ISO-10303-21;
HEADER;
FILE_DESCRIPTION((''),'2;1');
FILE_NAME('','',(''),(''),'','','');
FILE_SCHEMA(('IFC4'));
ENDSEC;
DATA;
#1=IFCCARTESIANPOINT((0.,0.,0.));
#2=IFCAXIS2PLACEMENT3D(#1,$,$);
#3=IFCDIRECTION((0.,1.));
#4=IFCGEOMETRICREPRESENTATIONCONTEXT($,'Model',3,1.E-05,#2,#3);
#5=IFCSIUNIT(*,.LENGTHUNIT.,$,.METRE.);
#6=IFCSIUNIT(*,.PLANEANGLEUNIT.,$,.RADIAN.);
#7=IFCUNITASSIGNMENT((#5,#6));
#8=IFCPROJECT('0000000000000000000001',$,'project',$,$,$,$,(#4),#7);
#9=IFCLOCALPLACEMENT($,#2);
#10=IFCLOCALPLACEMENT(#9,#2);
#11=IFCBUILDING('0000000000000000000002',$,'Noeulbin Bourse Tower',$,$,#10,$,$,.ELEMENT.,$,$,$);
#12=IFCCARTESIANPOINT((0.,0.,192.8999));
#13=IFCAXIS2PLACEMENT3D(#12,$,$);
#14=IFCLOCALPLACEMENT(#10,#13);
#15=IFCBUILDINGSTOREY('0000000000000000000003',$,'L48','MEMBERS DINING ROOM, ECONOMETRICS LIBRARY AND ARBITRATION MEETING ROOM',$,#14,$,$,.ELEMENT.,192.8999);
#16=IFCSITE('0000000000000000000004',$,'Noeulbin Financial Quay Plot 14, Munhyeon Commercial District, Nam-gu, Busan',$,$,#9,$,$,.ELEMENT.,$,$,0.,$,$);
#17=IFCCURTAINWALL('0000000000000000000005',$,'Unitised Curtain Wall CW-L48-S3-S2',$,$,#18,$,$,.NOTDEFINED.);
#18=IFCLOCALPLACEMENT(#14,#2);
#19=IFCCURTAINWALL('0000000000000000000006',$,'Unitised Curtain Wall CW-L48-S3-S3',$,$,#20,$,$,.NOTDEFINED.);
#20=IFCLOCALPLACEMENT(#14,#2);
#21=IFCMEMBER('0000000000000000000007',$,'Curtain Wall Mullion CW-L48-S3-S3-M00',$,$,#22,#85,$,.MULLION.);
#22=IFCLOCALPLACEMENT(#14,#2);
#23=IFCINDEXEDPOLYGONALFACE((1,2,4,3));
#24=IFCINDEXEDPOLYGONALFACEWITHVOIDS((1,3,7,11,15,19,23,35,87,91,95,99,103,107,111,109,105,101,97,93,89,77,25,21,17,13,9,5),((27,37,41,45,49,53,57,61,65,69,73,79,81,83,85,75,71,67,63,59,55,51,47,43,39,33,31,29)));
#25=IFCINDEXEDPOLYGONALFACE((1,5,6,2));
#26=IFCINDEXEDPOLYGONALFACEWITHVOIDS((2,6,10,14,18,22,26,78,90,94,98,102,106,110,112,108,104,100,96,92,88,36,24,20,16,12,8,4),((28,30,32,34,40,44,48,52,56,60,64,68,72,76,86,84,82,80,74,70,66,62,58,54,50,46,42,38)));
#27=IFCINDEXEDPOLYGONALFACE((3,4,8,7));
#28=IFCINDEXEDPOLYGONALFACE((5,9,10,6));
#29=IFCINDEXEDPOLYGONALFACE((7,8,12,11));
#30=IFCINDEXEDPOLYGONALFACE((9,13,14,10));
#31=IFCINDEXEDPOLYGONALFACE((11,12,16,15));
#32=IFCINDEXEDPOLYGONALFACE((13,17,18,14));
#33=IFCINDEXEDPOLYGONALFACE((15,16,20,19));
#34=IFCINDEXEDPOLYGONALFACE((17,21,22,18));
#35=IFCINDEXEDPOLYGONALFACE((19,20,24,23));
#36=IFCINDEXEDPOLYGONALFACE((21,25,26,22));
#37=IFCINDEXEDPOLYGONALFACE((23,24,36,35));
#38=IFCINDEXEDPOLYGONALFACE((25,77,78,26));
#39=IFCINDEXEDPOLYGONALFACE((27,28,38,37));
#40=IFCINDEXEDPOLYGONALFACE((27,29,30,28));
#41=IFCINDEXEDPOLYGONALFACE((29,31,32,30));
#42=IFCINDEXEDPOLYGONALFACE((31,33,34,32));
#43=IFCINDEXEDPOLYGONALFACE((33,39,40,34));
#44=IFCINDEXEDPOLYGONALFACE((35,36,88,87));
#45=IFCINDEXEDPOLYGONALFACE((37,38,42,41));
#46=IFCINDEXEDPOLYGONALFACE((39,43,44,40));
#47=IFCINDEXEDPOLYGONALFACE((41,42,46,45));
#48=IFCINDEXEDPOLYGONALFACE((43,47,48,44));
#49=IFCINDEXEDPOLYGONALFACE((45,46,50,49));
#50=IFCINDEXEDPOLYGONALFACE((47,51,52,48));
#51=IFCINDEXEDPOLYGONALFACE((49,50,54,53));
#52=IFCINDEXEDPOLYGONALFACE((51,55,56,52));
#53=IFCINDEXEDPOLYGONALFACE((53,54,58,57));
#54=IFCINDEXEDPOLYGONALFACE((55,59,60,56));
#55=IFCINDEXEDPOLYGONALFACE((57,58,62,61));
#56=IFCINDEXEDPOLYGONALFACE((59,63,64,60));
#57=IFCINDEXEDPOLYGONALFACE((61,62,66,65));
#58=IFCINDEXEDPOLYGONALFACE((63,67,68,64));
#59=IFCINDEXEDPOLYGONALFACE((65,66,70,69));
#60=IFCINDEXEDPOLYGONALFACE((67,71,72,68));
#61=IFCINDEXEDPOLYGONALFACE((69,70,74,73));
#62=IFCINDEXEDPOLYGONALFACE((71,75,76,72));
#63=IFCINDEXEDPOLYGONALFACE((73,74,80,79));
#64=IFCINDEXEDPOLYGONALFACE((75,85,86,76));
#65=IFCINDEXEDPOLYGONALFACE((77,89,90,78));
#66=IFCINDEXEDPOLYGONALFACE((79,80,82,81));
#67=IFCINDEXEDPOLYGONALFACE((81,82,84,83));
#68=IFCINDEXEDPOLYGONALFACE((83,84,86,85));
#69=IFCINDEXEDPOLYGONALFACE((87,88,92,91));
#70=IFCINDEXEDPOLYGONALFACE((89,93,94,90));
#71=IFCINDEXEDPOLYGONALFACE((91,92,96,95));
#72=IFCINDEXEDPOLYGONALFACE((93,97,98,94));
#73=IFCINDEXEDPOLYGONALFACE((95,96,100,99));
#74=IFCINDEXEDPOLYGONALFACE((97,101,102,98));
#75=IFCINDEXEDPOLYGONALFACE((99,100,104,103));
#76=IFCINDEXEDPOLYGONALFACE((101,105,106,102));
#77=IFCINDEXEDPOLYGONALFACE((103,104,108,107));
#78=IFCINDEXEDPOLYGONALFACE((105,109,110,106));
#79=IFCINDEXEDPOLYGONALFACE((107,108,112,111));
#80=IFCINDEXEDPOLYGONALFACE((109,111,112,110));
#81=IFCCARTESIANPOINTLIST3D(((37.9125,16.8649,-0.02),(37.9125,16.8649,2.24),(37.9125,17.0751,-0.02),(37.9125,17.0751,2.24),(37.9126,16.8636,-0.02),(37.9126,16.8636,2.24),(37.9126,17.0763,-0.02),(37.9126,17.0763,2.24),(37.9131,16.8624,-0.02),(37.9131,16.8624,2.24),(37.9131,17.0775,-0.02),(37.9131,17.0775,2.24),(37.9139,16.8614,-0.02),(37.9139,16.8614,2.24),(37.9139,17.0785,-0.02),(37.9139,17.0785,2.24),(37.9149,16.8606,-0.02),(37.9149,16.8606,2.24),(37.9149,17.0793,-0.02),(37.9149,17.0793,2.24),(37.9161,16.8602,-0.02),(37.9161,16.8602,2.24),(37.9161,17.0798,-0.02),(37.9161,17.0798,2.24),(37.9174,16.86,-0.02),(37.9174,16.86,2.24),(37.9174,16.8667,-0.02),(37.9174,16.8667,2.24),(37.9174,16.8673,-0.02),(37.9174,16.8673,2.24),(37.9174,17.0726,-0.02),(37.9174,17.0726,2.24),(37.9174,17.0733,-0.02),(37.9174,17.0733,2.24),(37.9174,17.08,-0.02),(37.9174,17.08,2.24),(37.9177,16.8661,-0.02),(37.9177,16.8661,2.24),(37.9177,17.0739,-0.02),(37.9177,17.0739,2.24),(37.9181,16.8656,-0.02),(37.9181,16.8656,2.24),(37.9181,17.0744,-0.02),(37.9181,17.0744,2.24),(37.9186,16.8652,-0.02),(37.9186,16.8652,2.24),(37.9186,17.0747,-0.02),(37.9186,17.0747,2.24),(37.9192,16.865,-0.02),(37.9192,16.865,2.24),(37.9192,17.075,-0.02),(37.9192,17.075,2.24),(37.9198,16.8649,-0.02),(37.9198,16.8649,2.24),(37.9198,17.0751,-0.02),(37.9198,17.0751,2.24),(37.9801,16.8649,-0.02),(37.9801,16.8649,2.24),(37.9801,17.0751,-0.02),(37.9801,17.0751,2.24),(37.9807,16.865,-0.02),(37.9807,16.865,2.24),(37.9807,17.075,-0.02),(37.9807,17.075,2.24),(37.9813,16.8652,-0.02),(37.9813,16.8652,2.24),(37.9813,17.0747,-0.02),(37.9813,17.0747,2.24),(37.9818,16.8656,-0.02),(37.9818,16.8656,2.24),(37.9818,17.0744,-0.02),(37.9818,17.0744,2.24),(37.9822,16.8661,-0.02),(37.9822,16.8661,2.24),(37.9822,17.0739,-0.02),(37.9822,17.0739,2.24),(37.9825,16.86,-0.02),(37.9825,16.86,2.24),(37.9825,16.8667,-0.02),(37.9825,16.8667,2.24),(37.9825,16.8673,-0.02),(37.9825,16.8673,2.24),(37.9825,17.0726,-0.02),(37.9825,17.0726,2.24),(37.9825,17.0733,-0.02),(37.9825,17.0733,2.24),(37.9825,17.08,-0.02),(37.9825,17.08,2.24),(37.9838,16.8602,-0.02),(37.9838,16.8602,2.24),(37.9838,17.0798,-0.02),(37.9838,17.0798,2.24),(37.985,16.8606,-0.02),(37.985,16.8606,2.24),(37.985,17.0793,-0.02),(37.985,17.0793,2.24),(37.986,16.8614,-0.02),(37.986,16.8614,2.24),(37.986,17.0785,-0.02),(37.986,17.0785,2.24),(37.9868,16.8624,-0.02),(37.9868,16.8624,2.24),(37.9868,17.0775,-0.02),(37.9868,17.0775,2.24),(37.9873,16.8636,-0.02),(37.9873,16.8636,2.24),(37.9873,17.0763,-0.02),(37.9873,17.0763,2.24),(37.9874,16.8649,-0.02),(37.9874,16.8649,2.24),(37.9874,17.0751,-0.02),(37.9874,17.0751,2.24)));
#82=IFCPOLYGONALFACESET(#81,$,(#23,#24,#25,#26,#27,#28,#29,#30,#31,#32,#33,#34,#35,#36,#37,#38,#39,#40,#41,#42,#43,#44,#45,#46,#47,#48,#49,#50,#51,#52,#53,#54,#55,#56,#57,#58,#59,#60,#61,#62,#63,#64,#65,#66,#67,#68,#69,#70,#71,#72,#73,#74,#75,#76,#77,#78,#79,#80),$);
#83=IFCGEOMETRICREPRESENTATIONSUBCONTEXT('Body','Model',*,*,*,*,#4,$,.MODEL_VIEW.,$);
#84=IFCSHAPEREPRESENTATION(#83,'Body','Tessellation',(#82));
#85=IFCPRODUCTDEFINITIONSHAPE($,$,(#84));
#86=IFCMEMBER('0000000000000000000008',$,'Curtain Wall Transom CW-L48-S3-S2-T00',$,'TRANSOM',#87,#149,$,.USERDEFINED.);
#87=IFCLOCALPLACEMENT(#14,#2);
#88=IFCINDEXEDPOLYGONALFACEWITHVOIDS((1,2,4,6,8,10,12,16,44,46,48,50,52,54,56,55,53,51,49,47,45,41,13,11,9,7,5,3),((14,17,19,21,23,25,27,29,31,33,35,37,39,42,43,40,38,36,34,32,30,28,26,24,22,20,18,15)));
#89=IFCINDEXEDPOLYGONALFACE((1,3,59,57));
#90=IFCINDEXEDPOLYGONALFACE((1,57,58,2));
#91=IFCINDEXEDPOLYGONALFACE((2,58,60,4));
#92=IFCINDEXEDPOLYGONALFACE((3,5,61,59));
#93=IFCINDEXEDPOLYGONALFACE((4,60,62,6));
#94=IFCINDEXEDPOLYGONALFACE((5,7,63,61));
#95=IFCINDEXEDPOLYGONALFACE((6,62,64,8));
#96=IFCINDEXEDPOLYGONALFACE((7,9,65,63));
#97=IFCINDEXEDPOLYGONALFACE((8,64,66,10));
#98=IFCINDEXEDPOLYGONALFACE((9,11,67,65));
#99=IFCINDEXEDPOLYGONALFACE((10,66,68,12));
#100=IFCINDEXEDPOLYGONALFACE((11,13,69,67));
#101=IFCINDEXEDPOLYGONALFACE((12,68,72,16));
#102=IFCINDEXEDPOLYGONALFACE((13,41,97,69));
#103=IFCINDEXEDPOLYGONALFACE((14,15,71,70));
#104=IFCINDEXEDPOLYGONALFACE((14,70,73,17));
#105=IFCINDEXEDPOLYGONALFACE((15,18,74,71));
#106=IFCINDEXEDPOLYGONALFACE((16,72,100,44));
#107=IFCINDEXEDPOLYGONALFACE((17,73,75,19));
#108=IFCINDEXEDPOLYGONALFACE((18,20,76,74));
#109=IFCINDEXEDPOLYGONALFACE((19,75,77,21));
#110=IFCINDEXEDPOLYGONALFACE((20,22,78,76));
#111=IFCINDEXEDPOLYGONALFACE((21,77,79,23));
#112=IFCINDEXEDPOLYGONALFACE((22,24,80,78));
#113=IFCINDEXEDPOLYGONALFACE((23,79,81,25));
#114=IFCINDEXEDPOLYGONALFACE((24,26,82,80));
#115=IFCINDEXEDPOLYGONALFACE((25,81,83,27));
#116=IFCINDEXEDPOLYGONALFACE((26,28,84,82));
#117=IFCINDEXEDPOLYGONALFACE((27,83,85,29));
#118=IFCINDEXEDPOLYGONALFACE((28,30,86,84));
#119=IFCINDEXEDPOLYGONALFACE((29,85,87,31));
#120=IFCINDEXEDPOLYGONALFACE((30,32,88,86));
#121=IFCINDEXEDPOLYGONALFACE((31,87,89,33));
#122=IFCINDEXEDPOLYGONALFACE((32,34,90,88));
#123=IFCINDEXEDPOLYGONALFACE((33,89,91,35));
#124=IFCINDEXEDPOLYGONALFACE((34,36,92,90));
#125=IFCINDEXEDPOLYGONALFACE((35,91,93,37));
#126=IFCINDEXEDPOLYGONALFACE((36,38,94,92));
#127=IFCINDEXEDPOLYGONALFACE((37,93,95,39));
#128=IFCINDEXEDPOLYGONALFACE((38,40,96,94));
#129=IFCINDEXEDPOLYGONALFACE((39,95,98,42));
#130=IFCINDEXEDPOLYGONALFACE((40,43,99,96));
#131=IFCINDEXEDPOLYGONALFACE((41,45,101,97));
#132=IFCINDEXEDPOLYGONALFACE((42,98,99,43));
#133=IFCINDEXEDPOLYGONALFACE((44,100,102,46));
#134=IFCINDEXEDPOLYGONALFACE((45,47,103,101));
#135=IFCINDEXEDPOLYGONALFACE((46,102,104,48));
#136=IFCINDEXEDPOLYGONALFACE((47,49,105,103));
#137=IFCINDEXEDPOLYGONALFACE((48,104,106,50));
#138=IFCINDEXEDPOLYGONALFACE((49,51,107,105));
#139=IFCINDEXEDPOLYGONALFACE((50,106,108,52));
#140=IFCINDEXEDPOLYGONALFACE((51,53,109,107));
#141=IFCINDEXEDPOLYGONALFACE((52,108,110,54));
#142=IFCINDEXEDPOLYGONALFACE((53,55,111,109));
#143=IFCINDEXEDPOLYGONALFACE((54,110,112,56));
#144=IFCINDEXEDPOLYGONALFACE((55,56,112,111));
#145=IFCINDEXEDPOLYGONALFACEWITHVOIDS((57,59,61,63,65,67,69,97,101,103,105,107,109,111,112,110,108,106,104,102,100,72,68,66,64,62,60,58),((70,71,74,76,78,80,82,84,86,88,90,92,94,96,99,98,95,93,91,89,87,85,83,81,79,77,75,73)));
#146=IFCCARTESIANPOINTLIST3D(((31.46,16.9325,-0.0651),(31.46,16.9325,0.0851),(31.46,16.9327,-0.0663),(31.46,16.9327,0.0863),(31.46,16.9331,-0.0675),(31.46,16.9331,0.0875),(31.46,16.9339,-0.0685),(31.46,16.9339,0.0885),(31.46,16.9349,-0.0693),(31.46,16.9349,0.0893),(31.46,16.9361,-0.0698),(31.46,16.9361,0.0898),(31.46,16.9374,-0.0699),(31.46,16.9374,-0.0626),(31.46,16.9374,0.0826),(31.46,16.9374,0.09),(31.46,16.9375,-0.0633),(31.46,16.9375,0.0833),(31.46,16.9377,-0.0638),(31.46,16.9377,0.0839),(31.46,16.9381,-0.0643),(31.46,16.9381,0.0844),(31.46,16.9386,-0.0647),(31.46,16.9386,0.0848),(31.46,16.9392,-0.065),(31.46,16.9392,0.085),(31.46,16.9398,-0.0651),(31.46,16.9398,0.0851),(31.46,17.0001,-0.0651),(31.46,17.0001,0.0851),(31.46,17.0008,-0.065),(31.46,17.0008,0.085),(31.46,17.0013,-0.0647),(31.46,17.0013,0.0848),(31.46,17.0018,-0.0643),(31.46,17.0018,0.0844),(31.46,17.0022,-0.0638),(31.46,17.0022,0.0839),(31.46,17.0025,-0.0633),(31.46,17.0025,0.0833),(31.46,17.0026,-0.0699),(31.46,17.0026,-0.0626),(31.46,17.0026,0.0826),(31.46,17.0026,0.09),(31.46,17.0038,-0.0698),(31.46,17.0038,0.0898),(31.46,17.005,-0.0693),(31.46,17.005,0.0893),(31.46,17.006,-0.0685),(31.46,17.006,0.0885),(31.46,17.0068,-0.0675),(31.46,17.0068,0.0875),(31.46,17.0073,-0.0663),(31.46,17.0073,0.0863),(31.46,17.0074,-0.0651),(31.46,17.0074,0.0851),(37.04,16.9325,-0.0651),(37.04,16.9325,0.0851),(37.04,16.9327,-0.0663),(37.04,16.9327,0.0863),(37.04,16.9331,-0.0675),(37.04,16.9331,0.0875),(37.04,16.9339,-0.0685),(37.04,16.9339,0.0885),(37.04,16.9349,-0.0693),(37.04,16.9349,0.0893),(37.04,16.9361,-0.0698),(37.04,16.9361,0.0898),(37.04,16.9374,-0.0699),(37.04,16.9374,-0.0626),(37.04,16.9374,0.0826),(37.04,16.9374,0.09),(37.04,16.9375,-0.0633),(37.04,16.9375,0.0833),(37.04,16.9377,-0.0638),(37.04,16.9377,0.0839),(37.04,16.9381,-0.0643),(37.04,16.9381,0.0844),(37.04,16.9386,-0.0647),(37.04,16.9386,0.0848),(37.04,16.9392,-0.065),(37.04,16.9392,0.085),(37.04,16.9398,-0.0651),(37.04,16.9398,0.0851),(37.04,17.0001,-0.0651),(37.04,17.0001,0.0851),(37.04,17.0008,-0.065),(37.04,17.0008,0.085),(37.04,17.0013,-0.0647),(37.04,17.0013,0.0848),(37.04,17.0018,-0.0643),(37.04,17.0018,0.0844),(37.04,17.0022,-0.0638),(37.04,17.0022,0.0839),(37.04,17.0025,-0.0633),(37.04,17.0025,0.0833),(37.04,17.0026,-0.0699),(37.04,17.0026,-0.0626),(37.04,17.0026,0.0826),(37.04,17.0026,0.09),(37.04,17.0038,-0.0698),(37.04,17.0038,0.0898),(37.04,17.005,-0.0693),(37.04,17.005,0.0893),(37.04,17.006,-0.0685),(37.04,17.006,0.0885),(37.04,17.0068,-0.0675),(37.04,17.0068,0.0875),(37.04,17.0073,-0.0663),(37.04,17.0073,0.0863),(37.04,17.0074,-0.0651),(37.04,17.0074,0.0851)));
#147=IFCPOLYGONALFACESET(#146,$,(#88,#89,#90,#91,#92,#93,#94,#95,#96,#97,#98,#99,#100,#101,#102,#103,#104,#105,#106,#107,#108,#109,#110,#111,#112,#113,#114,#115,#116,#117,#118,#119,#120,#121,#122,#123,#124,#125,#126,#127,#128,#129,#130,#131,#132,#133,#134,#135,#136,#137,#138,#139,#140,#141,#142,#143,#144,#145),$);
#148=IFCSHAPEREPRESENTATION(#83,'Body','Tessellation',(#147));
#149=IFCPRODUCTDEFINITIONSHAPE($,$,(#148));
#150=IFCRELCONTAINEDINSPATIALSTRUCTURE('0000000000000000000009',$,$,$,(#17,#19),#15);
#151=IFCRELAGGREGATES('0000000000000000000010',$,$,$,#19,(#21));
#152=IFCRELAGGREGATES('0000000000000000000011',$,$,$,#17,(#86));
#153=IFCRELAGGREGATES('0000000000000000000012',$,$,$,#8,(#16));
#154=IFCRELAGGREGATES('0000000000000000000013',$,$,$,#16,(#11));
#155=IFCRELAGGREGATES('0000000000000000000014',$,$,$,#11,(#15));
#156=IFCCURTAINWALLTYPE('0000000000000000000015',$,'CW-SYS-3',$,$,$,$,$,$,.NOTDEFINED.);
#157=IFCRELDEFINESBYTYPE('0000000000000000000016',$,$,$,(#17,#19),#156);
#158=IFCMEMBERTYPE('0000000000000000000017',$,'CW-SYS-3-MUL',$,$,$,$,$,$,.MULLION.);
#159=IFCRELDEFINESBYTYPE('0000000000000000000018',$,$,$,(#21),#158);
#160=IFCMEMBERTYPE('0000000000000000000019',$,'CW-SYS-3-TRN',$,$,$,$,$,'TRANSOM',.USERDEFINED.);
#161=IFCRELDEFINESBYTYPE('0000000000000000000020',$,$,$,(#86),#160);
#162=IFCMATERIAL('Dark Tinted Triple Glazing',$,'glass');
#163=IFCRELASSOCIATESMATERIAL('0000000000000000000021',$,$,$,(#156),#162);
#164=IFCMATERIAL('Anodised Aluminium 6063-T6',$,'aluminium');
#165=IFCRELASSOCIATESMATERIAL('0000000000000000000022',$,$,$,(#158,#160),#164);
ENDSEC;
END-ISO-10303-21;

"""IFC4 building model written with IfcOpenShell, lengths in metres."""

from ifc_helpers import new_model, si_unit, direction, frame, origin, origin_2d, place, context, subcontext, project, spatial, hollow_rectangle, extrude, material, material_profile, profile_set, type_object, element, aggregate, save


model = new_model("IFC4")

# Units and contexts
model_context = context("Model", 3, precision=1e-05, world=origin(), true_north=direction((0.0, 1.0)))
body_context = subcontext(model_context, "Body", "Model", "MODEL_VIEW")
ifc_project = project(units=[si_unit("LENGTHUNIT", "METRE"), si_unit("PLANEANGLEUNIT", "RADIAN")], contexts=[model_context])

# Site, building, storey
site_placement = place(None, origin())
site = spatial("IfcSite", under=ifc_project, at=site_placement, Name="Noeulbin Financial Quay Plot 14, Munhyeon Commercial District, Nam-gu, Busan", CompositionType="ELEMENT", RefElevation=0.0)
building_placement = place(site_placement, origin())
building = spatial("IfcBuilding", under=site, at=building_placement, Name="Noeulbin Bourse Tower", CompositionType="ELEMENT")
storey_placement = place(building_placement, frame((0.0, 0.0, 192.8999)))
storey = spatial("IfcBuildingStorey", under=building, at=storey_placement, Name="L48", Description="MEMBERS DINING ROOM, ECONOMETRICS LIBRARY AND ARBITRATION MEETING ROOM", CompositionType="ELEMENT", Elevation=192.8999)

# Curtain wall
ifc_material_1 = material(Name="Dark Tinted Triple Glazing", Category="glass")
curtain_wall_type = type_object("IfcCurtainWallType", Name="CW-SYS-3", PredefinedType="NOTDEFINED", material=ifc_material_1)
curtain_wall_1_placement = place(storey_placement, origin())
curtain_wall_1 = element("IfcCurtainWall", 1, at=curtain_wall_1_placement, inside=storey, type_object=curtain_wall_type, Name="Unitised Curtain Wall CW-L48-S3-S2", PredefinedType="NOTDEFINED")
ifc_material_2 = material(Name="Anodised Aluminium 6063-T6", Category="aluminium")
ifc_material_profile_1 = material_profile(ifc_material_2, hollow_rectangle(XDim=0.075, YDim=0.22, WallThickness=0.0049, InnerFilletRadius=0.0024, OuterFilletRadius=0.0049, at=origin_2d()), Name="ALU-MULL-75x220x5", Category="LoadBearing")
ifc_profile_set_1 = profile_set([ifc_material_profile_1], Name="Anodised Aluminium 6063-T6")
member_type_1 = type_object("IfcMemberType", Name="CW-SYS-3-MUL", PredefinedType="MULLION", material=ifc_profile_set_1)

# Curtain wall, member
curtain_wall_2_placement = place(storey_placement, origin())
curtain_wall_2 = element("IfcCurtainWall", 2, at=curtain_wall_2_placement, inside=storey, type_object=curtain_wall_type, Name="Unitised Curtain Wall CW-L48-S3-S3", PredefinedType="NOTDEFINED")
member_1_placement = place(storey_placement, frame((37.95, 16.97, -0.02), z_axis=(0.0, 0.0, 1.0), x_axis=(1.0, 0.0, 0.0)))
member_1 = element("IfcMember", 3, at=member_1_placement, type_object=member_type_1, Name="Curtain Wall Mullion CW-L48-S3-S3-M00", PredefinedType="MULLION", context=body_context, shape_type="SweptSolid", body=[
    extrude(hollow_rectangle(XDim=0.075, YDim=0.22, WallThickness=0.0049, InnerFilletRadius=0.0024, OuterFilletRadius=0.0049, at=origin_2d()), origin(), (0.0, 0.0, 1.0), 2.26),
])

# Member
ifc_material_profile_2 = material_profile(ifc_material_2, hollow_rectangle(XDim=0.075, YDim=0.1599, WallThickness=0.0049, InnerFilletRadius=0.0024, OuterFilletRadius=0.0049, at=origin_2d()), Name="ALU-TRAN-75x160x5", Category="LoadBearing")
ifc_profile_set_2 = profile_set([ifc_material_profile_2], Name="Anodised Aluminium 6063-T6")
member_type_2 = type_object("IfcMemberType", Name="CW-SYS-3-TRN", ElementType="TRANSOM", PredefinedType="USERDEFINED", material=ifc_profile_set_2)
member_2_placement = place(storey_placement, frame((31.46, 16.97, 0.01), z_axis=(1.0, 0.0, 0.0), x_axis=(0.0, 1.0, 0.0)))
member_2 = element("IfcMember", 4, at=member_2_placement, type_object=member_type_2, Name="Curtain Wall Transom CW-L48-S3-S2-T00", ObjectType="TRANSOM", PredefinedType="USERDEFINED", context=body_context, shape_type="SweptSolid", body=[
    extrude(hollow_rectangle(XDim=0.075, YDim=0.1599, WallThickness=0.0049, InnerFilletRadius=0.0024, OuterFilletRadius=0.0049, at=origin_2d()), origin(), (0.0, 0.0, 1.0), 5.5801),
])
aggregate(curtain_wall_2, [member_1])

aggregate(curtain_wall_1, [member_2])

save(model, "model.ifc")
